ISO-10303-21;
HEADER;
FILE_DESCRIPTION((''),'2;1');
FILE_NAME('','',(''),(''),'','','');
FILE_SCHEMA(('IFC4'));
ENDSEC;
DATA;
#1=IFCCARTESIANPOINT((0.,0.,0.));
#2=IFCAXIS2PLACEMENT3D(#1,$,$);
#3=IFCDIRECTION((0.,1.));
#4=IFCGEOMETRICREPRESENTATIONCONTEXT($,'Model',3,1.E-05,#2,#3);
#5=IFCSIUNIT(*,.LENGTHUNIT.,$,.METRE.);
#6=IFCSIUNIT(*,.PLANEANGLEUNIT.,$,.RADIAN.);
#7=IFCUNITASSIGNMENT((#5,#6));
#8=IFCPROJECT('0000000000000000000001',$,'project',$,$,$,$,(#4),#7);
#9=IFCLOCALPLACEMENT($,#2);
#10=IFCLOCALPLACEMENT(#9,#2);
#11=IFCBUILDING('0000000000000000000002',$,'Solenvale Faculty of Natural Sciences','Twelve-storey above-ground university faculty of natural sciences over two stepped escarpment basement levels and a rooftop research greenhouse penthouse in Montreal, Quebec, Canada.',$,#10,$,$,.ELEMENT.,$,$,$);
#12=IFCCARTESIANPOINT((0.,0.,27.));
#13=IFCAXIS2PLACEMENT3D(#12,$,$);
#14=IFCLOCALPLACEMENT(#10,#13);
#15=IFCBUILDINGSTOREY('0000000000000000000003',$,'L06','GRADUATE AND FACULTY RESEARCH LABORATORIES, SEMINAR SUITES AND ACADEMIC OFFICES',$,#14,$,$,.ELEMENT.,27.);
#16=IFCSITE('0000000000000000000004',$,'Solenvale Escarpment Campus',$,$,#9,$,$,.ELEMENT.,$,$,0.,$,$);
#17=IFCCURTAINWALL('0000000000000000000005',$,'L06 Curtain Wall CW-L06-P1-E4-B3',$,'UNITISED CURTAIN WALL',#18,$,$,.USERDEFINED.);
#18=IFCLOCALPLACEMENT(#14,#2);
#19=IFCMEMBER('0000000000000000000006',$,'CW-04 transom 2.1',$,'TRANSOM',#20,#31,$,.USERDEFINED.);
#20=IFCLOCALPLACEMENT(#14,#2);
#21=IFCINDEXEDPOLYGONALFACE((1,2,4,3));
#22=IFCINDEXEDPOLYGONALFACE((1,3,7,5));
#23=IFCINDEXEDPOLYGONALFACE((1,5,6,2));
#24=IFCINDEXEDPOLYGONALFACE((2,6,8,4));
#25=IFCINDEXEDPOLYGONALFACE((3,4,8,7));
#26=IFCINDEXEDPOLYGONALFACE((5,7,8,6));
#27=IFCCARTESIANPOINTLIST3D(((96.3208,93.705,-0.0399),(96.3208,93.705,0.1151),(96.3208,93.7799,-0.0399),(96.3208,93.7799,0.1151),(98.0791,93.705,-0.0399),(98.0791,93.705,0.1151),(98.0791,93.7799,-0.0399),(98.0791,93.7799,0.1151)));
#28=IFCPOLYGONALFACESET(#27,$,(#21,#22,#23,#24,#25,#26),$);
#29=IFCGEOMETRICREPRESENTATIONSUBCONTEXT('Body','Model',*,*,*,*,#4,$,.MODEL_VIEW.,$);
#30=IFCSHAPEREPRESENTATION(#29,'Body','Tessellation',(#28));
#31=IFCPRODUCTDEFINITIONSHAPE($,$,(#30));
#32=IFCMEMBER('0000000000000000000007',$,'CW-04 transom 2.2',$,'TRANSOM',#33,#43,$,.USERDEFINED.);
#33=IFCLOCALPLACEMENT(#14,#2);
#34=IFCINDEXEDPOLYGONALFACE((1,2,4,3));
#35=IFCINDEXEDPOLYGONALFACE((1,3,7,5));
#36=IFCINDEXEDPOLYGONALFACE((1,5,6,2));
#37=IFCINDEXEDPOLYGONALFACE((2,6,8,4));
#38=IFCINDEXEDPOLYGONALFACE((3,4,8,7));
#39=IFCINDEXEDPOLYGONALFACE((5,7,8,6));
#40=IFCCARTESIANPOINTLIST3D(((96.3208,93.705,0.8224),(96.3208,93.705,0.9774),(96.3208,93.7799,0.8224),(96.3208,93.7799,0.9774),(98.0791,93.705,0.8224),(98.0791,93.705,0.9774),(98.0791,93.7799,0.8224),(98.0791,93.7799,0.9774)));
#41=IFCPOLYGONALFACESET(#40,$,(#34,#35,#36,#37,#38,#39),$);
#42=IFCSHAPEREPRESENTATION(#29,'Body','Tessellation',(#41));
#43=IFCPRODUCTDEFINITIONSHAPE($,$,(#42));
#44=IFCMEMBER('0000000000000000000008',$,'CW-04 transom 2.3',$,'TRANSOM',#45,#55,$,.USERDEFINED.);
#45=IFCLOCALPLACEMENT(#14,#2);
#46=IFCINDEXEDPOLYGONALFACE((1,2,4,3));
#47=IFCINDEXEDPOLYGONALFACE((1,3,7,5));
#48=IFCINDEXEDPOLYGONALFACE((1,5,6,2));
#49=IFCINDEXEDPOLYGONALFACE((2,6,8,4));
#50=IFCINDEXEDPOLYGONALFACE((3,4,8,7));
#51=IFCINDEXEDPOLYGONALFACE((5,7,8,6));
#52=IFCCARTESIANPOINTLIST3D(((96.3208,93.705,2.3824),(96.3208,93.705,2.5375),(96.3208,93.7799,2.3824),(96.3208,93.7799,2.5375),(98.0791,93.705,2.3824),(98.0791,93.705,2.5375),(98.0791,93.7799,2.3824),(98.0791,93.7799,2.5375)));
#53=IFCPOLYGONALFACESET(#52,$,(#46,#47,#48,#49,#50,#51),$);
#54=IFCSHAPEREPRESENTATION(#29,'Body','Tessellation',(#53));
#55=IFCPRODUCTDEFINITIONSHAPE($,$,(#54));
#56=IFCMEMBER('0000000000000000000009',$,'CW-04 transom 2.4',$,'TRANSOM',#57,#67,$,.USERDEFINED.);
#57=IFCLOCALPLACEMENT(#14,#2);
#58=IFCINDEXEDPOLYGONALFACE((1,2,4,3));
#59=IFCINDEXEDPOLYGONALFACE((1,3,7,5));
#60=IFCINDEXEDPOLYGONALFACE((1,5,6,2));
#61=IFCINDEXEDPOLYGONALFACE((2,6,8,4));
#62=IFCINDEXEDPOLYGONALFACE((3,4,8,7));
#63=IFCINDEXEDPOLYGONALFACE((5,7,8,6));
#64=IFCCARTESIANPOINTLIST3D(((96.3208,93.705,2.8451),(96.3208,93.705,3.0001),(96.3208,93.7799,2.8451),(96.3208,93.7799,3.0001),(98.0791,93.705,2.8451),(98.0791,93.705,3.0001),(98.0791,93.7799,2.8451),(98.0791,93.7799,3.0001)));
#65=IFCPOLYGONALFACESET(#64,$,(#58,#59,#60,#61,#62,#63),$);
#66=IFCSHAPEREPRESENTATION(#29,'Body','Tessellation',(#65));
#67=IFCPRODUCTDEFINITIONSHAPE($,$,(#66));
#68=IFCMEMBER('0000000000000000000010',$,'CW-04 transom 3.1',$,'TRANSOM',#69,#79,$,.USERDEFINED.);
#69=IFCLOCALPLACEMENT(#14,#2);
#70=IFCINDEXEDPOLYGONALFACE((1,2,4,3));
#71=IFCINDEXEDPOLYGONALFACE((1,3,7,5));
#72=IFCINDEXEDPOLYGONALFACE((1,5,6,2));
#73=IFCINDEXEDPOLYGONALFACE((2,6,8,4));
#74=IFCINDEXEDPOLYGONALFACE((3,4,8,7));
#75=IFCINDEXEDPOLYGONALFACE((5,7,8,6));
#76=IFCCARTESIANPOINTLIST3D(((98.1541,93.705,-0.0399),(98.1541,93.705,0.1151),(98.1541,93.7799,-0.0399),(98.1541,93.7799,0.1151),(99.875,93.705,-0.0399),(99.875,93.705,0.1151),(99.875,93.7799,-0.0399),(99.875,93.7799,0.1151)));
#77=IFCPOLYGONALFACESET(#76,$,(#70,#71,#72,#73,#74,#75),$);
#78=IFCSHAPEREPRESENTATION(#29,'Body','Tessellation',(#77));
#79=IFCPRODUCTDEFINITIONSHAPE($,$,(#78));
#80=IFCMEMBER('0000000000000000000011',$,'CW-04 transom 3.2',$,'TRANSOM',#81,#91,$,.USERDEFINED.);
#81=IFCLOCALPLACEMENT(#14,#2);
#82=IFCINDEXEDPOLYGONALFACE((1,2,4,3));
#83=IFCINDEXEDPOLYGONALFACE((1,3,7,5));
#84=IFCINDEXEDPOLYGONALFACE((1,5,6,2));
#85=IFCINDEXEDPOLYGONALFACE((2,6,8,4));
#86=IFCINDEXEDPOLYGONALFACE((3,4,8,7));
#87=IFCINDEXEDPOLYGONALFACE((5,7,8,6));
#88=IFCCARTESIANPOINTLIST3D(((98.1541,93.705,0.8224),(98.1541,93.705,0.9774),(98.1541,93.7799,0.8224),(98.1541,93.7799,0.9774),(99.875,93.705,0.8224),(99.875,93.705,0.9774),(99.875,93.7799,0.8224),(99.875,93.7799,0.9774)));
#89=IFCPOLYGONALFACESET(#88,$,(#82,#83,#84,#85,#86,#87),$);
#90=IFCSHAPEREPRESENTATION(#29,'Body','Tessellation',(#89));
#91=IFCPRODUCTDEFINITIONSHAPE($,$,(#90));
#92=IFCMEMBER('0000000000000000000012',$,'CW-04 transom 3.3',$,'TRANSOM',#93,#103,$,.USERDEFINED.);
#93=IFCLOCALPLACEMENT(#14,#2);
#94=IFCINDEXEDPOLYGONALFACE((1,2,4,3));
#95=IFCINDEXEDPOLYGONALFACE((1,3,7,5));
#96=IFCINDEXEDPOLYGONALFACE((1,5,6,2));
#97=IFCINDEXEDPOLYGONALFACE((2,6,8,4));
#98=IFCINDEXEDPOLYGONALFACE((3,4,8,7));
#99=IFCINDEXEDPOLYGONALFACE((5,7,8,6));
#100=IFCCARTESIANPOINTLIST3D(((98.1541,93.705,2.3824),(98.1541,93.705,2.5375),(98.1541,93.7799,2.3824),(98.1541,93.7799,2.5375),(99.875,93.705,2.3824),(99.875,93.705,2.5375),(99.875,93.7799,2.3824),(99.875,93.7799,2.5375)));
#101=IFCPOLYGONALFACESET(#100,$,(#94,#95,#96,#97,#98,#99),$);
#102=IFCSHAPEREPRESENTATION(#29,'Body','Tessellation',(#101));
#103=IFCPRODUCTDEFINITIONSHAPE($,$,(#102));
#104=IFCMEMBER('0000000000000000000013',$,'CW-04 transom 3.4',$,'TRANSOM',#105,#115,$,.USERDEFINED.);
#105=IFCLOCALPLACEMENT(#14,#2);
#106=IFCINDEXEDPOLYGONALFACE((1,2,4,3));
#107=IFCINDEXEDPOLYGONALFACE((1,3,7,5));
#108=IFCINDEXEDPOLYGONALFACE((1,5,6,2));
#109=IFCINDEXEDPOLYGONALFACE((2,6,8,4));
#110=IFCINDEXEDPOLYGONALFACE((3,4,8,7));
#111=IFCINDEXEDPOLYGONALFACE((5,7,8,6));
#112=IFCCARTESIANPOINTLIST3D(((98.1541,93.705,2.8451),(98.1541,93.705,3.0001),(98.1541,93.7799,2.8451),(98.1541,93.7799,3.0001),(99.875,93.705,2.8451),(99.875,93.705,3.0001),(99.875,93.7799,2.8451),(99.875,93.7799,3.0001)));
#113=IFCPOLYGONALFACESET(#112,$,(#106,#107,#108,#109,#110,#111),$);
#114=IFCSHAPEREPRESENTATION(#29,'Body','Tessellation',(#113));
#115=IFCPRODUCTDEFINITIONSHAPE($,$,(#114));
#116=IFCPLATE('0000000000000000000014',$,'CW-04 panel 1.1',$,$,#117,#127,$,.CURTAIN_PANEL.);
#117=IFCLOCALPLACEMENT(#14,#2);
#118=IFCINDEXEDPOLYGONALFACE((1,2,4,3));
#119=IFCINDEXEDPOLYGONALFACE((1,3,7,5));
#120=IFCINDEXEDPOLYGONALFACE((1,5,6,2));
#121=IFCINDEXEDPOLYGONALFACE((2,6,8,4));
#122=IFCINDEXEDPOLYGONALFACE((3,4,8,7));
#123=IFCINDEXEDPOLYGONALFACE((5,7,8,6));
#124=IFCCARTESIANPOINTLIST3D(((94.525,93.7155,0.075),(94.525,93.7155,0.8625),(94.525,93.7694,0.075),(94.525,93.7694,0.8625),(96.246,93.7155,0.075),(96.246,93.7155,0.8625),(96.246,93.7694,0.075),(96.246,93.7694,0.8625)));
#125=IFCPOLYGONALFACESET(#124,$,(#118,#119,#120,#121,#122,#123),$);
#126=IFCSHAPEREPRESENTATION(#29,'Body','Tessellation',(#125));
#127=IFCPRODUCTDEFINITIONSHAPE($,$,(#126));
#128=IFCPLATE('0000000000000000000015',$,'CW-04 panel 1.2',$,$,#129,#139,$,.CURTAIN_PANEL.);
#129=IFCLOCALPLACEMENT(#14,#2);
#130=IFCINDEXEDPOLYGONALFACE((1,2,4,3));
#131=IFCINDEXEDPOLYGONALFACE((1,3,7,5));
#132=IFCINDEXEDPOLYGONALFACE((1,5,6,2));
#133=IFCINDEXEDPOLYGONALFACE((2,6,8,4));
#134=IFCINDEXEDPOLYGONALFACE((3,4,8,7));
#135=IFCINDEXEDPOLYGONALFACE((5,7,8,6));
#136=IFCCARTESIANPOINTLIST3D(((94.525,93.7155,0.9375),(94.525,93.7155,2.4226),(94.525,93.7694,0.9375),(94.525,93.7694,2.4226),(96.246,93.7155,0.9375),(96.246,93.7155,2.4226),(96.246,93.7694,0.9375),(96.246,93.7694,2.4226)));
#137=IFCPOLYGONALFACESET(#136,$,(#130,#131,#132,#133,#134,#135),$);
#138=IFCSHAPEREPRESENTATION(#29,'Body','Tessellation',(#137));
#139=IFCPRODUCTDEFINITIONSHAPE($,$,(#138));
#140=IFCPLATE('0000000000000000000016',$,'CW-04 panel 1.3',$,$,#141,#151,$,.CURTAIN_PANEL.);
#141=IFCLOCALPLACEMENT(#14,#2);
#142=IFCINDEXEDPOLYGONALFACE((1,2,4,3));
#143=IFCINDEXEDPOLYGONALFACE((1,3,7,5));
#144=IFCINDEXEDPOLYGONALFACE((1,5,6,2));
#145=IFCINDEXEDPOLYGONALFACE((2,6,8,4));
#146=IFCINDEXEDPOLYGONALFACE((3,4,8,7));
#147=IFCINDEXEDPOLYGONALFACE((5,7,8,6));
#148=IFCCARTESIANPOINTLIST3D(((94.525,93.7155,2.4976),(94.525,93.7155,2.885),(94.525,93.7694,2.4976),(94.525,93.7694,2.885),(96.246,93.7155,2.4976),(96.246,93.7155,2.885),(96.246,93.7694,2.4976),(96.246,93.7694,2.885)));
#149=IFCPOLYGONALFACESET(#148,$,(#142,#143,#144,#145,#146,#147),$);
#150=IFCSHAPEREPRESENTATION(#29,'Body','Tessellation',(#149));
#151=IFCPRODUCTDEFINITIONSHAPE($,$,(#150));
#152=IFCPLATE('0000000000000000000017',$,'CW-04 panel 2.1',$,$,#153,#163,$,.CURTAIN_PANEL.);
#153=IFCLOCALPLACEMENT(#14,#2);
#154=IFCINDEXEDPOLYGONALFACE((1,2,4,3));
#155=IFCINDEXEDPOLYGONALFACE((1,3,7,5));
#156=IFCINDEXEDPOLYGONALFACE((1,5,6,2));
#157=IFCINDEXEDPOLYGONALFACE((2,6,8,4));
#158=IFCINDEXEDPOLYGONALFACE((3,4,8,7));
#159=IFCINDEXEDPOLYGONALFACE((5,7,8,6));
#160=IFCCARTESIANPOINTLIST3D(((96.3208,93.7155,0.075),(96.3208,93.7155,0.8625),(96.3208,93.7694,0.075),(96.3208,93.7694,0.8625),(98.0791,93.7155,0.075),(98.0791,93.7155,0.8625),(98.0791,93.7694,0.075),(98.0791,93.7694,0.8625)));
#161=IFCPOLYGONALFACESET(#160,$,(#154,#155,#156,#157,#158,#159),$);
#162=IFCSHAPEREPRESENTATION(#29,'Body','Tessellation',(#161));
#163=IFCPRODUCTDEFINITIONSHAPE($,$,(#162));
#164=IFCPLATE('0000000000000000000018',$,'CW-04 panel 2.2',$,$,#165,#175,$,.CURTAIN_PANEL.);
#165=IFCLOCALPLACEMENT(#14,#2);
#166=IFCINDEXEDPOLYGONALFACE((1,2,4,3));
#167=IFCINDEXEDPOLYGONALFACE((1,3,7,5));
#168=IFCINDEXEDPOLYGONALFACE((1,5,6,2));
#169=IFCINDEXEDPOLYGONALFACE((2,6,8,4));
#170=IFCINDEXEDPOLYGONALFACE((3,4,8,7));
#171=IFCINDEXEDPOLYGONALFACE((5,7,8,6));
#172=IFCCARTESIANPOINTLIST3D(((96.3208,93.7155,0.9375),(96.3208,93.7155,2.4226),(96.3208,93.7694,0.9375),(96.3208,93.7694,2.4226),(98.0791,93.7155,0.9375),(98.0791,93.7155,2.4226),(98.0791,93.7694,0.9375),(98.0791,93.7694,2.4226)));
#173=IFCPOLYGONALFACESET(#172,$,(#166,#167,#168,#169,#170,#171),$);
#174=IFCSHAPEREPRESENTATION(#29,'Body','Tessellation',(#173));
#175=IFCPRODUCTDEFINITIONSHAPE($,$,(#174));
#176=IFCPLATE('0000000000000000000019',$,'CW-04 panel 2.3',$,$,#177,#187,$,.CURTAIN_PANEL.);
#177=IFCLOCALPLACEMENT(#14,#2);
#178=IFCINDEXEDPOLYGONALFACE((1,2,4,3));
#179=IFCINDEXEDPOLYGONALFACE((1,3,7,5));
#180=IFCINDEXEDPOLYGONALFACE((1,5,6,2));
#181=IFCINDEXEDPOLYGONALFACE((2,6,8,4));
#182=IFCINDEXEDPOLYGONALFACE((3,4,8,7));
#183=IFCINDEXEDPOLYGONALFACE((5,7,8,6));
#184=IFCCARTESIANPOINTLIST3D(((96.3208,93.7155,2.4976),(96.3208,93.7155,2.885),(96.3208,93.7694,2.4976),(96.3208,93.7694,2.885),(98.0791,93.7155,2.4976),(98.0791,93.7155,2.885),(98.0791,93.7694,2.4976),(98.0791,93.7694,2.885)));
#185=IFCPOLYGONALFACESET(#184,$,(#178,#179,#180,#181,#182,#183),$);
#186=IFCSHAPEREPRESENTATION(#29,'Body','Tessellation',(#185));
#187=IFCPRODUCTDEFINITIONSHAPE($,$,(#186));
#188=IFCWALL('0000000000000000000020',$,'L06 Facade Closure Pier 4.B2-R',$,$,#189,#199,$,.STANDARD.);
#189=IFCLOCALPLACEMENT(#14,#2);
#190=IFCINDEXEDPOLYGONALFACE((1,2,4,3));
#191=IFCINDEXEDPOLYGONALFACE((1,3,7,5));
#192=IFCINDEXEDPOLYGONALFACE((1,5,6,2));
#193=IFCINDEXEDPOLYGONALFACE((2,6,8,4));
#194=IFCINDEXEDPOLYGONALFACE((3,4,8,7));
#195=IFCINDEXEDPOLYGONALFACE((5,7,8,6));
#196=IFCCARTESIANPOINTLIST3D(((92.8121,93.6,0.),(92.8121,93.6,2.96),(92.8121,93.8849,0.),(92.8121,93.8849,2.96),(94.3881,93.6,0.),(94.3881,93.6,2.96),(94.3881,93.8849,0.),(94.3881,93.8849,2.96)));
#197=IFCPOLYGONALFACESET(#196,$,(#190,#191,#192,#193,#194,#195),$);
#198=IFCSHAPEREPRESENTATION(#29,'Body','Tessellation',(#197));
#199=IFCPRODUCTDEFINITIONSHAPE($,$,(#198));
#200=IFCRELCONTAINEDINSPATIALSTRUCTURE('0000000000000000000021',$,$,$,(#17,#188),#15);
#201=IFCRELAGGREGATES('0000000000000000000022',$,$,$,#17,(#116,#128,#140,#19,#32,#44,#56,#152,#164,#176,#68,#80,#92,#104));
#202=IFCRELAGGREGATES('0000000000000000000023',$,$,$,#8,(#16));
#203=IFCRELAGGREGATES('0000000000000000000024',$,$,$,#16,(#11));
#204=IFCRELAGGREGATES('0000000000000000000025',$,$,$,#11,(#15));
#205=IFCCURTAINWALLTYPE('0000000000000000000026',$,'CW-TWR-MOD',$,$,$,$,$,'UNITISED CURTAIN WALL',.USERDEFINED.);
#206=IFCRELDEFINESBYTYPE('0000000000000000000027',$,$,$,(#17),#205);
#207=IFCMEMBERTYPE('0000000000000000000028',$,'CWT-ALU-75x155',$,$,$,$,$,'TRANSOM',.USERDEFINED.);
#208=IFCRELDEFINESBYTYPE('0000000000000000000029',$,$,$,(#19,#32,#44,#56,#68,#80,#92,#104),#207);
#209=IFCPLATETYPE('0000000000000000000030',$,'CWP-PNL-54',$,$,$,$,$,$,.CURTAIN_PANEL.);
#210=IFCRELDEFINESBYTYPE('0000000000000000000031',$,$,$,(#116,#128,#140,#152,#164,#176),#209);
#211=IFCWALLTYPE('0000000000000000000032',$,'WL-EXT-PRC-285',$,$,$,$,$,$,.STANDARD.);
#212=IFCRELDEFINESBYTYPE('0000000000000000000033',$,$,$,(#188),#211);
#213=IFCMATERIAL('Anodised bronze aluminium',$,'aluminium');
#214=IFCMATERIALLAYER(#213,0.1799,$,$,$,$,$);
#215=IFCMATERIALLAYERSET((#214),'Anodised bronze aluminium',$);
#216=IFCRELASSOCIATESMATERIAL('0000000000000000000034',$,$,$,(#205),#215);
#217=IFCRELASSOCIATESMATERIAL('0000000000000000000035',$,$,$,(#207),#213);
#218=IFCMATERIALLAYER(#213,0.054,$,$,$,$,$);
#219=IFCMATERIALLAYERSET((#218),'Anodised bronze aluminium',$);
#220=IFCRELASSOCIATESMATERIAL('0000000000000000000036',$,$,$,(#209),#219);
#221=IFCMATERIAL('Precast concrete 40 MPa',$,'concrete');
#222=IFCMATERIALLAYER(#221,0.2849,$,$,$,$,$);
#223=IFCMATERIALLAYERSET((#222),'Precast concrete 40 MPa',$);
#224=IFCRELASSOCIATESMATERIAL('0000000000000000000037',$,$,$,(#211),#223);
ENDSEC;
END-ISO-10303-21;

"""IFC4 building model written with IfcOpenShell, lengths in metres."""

from ifc_helpers import new_model, si_unit, direction, frame, frame_2d, origin, origin_2d, place, context, subcontext, project, spatial, rectangle, extrude, material, layer, layer_set, material_profile, profile_set, type_object, element, aggregate, save


model = new_model("IFC4")

# Units and contexts
model_context = context("Model", 3, precision=1e-05, world=origin(), true_north=direction((0.0, 1.0)))
body_context = subcontext(model_context, "Body", "Model", "MODEL_VIEW")
ifc_project = project(units=[si_unit("LENGTHUNIT", "METRE"), si_unit("PLANEANGLEUNIT", "RADIAN")], contexts=[model_context])

# Site, building, storey
site_placement = place(None, origin())
site = spatial("IfcSite", under=ifc_project, at=site_placement, Name="Solenvale Escarpment Campus", CompositionType="ELEMENT", RefElevation=0.0)
building_placement = place(site_placement, origin())
building = spatial("IfcBuilding", under=site, at=building_placement, Name="Solenvale Faculty of Natural Sciences", Description="Twelve-storey above-ground university faculty of natural sciences over two stepped escarpment basement levels and a rooftop research greenhouse penthouse in Montreal, Quebec, Canada.", CompositionType="ELEMENT")
storey_placement = place(building_placement, frame((0.0, 0.0, 27.0)))
storey = spatial("IfcBuildingStorey", under=building, at=storey_placement, Name="L06", Description="GRADUATE AND FACULTY RESEARCH LABORATORIES, SEMINAR SUITES AND ACADEMIC OFFICES", CompositionType="ELEMENT", Elevation=27.0)

# Curtain wall, members, plates
ifc_material_1 = material(Name="Anodised bronze aluminium", Category="aluminium")
ifc_layer_1 = layer(ifc_material_1, 0.1799)
ifc_layer_set_1 = layer_set([ifc_layer_1], Name="Anodised bronze aluminium")
curtain_wall_type = type_object("IfcCurtainWallType", Name="CW-TWR-MOD", ElementType="UNITISED CURTAIN WALL", PredefinedType="USERDEFINED", material=ifc_layer_set_1)
curtain_wall_placement = place(storey_placement, origin())
curtain_wall = element("IfcCurtainWall", 1, at=curtain_wall_placement, inside=storey, type_object=curtain_wall_type, Name="L06 Curtain Wall CW-L06-P1-E4-B3", ObjectType="UNITISED CURTAIN WALL", PredefinedType="USERDEFINED")
ifc_material_profile_1 = material_profile(ifc_material_1, rectangle(XDim=0.075, YDim=0.155, at=origin_2d()), Name="ALU-TRN-75x155")
ifc_profile_set_1 = profile_set([ifc_material_profile_1], Name="Anodised bronze aluminium")
member_type_1 = type_object("IfcMemberType", Name="CWT-ALU-75x155", ElementType="TRANSOM", PredefinedType="USERDEFINED", material=ifc_profile_set_1)
member_1_placement = place(storey_placement, frame((96.3208, 93.7424, 0.0376), z_axis=(1.0, 0.0, 0.0), x_axis=(0.0, 1.0, 0.0)))
member_1 = element("IfcMember", 2, at=member_1_placement, type_object=member_type_1, Name="CW-04 transom 2.1", ObjectType="TRANSOM", PredefinedType="USERDEFINED", context=body_context, shape_type="SweptSolid", body=[
    extrude(rectangle(XDim=0.075, YDim=0.155, at=origin_2d()), origin(), (0.0, 0.0, 1.0), 1.7583),
])
member_2_placement = place(storey_placement, frame((96.3208, 93.7424, 0.8999), z_axis=(1.0, 0.0, 0.0), x_axis=(0.0, 1.0, 0.0)))
member_2 = element("IfcMember", 3, at=member_2_placement, type_object=member_type_1, Name="CW-04 transom 2.2", ObjectType="TRANSOM", PredefinedType="USERDEFINED", context=body_context, shape_type="SweptSolid", body=[
    extrude(rectangle(XDim=0.075, YDim=0.155, at=origin_2d()), origin(), (0.0, 0.0, 1.0), 1.7583),
])
member_3_placement = place(storey_placement, frame((96.3208, 93.7424, 2.46), z_axis=(1.0, 0.0, 0.0), x_axis=(0.0, 1.0, 0.0)))
member_3 = element("IfcMember", 4, at=member_3_placement, type_object=member_type_1, Name="CW-04 transom 2.3", ObjectType="TRANSOM", PredefinedType="USERDEFINED", context=body_context, shape_type="SweptSolid", body=[
    extrude(rectangle(XDim=0.075, YDim=0.155, at=origin_2d()), origin(), (0.0, 0.0, 1.0), 1.7583),
])
member_4_placement = place(storey_placement, frame((96.3208, 93.7424, 2.9226), z_axis=(1.0, 0.0, 0.0), x_axis=(0.0, 1.0, 0.0)))
member_4 = element("IfcMember", 5, at=member_4_placement, type_object=member_type_1, Name="CW-04 transom 2.4", ObjectType="TRANSOM", PredefinedType="USERDEFINED", context=body_context, shape_type="SweptSolid", body=[
    extrude(rectangle(XDim=0.075, YDim=0.155, at=origin_2d()), origin(), (0.0, 0.0, 1.0), 1.7583),
])
member_5_placement = place(storey_placement, frame((98.1541, 93.7424, 0.0376), z_axis=(1.0, 0.0, 0.0), x_axis=(0.0, 1.0, 0.0)))
member_5 = element("IfcMember", 6, at=member_5_placement, type_object=member_type_1, Name="CW-04 transom 3.1", ObjectType="TRANSOM", PredefinedType="USERDEFINED", context=body_context, shape_type="SweptSolid", body=[
    extrude(rectangle(XDim=0.075, YDim=0.155, at=origin_2d()), origin(), (0.0, 0.0, 1.0), 1.7209),
])
member_6_placement = place(storey_placement, frame((98.1541, 93.7424, 0.8999), z_axis=(1.0, 0.0, 0.0), x_axis=(0.0, 1.0, 0.0)))
member_6 = element("IfcMember", 7, at=member_6_placement, type_object=member_type_1, Name="CW-04 transom 3.2", ObjectType="TRANSOM", PredefinedType="USERDEFINED", context=body_context, shape_type="SweptSolid", body=[
    extrude(rectangle(XDim=0.075, YDim=0.155, at=origin_2d()), origin(), (0.0, 0.0, 1.0), 1.7209),
])
member_7_placement = place(storey_placement, frame((98.1541, 93.7424, 2.46), z_axis=(1.0, 0.0, 0.0), x_axis=(0.0, 1.0, 0.0)))
member_7 = element("IfcMember", 8, at=member_7_placement, type_object=member_type_1, Name="CW-04 transom 3.3", ObjectType="TRANSOM", PredefinedType="USERDEFINED", context=body_context, shape_type="SweptSolid", body=[
    extrude(rectangle(XDim=0.075, YDim=0.155, at=origin_2d()), origin(), (0.0, 0.0, 1.0), 1.7209),
])
member_8_placement = place(storey_placement, frame((98.1541, 93.7424, 2.9226), z_axis=(1.0, 0.0, 0.0), x_axis=(0.0, 1.0, 0.0)))
member_8 = element("IfcMember", 9, at=member_8_placement, type_object=member_type_1, Name="CW-04 transom 3.4", ObjectType="TRANSOM", PredefinedType="USERDEFINED", context=body_context, shape_type="SweptSolid", body=[
    extrude(rectangle(XDim=0.075, YDim=0.155, at=origin_2d()), origin(), (0.0, 0.0, 1.0), 1.7209),
])
ifc_layer_2 = layer(ifc_material_1, 0.054)
ifc_layer_set_2 = layer_set([ifc_layer_2], Name="Anodised bronze aluminium")
plate_type = type_object("IfcPlateType", Name="CWP-PNL-54", PredefinedType="CURTAIN_PANEL", material=ifc_layer_set_2)
plate_1_placement = place(storey_placement, frame((95.3855, 93.7424, 0.075), z_axis=(0.0, 0.0, 1.0), x_axis=(1.0, 0.0, 0.0)))
plate_1 = element("IfcPlate", 10, at=plate_1_placement, type_object=plate_type, Name="CW-04 panel 1.1", PredefinedType="CURTAIN_PANEL", context=body_context, shape_type="SweptSolid", body=[
    extrude(rectangle(XDim=1.7209, YDim=0.054, at=origin_2d()), origin(), (0.0, 0.0, 1.0), 0.7876),
])
plate_2_placement = place(storey_placement, frame((95.3855, 93.7424, 0.9375), z_axis=(0.0, 0.0, 1.0), x_axis=(1.0, 0.0, 0.0)))
plate_2 = element("IfcPlate", 11, at=plate_2_placement, type_object=plate_type, Name="CW-04 panel 1.2", PredefinedType="CURTAIN_PANEL", context=body_context, shape_type="SweptSolid", body=[
    extrude(rectangle(XDim=1.7209, YDim=0.054, at=origin_2d()), origin(), (0.0, 0.0, 1.0), 1.4851),
])
plate_3_placement = place(storey_placement, frame((95.3855, 93.7424, 2.4976), z_axis=(0.0, 0.0, 1.0), x_axis=(1.0, 0.0, 0.0)))
plate_3 = element("IfcPlate", 12, at=plate_3_placement, type_object=plate_type, Name="CW-04 panel 1.3", PredefinedType="CURTAIN_PANEL", context=body_context, shape_type="SweptSolid", body=[
    extrude(rectangle(XDim=1.7209, YDim=0.054, at=origin_2d()), origin(), (0.0, 0.0, 1.0), 0.3875),
])
plate_4_placement = place(storey_placement, frame((97.2, 93.7424, 0.075), z_axis=(0.0, 0.0, 1.0), x_axis=(1.0, 0.0, 0.0)))
plate_4 = element("IfcPlate", 13, at=plate_4_placement, type_object=plate_type, Name="CW-04 panel 2.1", PredefinedType="CURTAIN_PANEL", context=body_context, shape_type="SweptSolid", body=[
    extrude(rectangle(XDim=1.7583, YDim=0.054, at=origin_2d()), origin(), (0.0, 0.0, 1.0), 0.7876),
])
plate_5_placement = place(storey_placement, frame((97.2, 93.7424, 0.9375), z_axis=(0.0, 0.0, 1.0), x_axis=(1.0, 0.0, 0.0)))
plate_5 = element("IfcPlate", 14, at=plate_5_placement, type_object=plate_type, Name="CW-04 panel 2.2", PredefinedType="CURTAIN_PANEL", context=body_context, shape_type="SweptSolid", body=[
    extrude(rectangle(XDim=1.7583, YDim=0.054, at=origin_2d()), origin(), (0.0, 0.0, 1.0), 1.4851),
])
plate_6_placement = place(storey_placement, frame((97.2, 93.7424, 2.4976), z_axis=(0.0, 0.0, 1.0), x_axis=(1.0, 0.0, 0.0)))
plate_6 = element("IfcPlate", 15, at=plate_6_placement, type_object=plate_type, Name="CW-04 panel 2.3", PredefinedType="CURTAIN_PANEL", context=body_context, shape_type="SweptSolid", body=[
    extrude(rectangle(XDim=1.7583, YDim=0.054, at=origin_2d()), origin(), (0.0, 0.0, 1.0), 0.3875),
])
aggregate(curtain_wall, [plate_1, plate_2, plate_3, member_1, member_2, member_3, member_4, plate_4, plate_5, plate_6, member_5, member_6, member_7, member_8])

# Wall
ifc_material_2 = material(Name="Precast concrete 40 MPa", Category="concrete")
ifc_layer_3 = layer(ifc_material_2, 0.2849)
ifc_layer_set_3 = layer_set([ifc_layer_3], Name="Precast concrete 40 MPa")
wall_type_1 = type_object("IfcWallType", Name="WL-EXT-PRC-285", PredefinedType="STANDARD", material=ifc_layer_set_3)
wall_1_placement = place(storey_placement, frame((92.812, 93.7424, 0.0), z_axis=(0.0, 0.0, 1.0), x_axis=(1.0, 0.0, 0.0)))
element("IfcWall", 16, at=wall_1_placement, inside=storey, type_object=wall_type_1, Name="L06 Facade Closure Pier 4.B2-R", PredefinedType="STANDARD", context=body_context, shape_type="SweptSolid", body=[
    extrude(rectangle(XDim=1.5759, YDim=0.2849, at=frame_2d((0.7881, 0.0))), origin(), (0.0, 0.0, 1.0), 2.96),
])

save(model, "model.ifc")
